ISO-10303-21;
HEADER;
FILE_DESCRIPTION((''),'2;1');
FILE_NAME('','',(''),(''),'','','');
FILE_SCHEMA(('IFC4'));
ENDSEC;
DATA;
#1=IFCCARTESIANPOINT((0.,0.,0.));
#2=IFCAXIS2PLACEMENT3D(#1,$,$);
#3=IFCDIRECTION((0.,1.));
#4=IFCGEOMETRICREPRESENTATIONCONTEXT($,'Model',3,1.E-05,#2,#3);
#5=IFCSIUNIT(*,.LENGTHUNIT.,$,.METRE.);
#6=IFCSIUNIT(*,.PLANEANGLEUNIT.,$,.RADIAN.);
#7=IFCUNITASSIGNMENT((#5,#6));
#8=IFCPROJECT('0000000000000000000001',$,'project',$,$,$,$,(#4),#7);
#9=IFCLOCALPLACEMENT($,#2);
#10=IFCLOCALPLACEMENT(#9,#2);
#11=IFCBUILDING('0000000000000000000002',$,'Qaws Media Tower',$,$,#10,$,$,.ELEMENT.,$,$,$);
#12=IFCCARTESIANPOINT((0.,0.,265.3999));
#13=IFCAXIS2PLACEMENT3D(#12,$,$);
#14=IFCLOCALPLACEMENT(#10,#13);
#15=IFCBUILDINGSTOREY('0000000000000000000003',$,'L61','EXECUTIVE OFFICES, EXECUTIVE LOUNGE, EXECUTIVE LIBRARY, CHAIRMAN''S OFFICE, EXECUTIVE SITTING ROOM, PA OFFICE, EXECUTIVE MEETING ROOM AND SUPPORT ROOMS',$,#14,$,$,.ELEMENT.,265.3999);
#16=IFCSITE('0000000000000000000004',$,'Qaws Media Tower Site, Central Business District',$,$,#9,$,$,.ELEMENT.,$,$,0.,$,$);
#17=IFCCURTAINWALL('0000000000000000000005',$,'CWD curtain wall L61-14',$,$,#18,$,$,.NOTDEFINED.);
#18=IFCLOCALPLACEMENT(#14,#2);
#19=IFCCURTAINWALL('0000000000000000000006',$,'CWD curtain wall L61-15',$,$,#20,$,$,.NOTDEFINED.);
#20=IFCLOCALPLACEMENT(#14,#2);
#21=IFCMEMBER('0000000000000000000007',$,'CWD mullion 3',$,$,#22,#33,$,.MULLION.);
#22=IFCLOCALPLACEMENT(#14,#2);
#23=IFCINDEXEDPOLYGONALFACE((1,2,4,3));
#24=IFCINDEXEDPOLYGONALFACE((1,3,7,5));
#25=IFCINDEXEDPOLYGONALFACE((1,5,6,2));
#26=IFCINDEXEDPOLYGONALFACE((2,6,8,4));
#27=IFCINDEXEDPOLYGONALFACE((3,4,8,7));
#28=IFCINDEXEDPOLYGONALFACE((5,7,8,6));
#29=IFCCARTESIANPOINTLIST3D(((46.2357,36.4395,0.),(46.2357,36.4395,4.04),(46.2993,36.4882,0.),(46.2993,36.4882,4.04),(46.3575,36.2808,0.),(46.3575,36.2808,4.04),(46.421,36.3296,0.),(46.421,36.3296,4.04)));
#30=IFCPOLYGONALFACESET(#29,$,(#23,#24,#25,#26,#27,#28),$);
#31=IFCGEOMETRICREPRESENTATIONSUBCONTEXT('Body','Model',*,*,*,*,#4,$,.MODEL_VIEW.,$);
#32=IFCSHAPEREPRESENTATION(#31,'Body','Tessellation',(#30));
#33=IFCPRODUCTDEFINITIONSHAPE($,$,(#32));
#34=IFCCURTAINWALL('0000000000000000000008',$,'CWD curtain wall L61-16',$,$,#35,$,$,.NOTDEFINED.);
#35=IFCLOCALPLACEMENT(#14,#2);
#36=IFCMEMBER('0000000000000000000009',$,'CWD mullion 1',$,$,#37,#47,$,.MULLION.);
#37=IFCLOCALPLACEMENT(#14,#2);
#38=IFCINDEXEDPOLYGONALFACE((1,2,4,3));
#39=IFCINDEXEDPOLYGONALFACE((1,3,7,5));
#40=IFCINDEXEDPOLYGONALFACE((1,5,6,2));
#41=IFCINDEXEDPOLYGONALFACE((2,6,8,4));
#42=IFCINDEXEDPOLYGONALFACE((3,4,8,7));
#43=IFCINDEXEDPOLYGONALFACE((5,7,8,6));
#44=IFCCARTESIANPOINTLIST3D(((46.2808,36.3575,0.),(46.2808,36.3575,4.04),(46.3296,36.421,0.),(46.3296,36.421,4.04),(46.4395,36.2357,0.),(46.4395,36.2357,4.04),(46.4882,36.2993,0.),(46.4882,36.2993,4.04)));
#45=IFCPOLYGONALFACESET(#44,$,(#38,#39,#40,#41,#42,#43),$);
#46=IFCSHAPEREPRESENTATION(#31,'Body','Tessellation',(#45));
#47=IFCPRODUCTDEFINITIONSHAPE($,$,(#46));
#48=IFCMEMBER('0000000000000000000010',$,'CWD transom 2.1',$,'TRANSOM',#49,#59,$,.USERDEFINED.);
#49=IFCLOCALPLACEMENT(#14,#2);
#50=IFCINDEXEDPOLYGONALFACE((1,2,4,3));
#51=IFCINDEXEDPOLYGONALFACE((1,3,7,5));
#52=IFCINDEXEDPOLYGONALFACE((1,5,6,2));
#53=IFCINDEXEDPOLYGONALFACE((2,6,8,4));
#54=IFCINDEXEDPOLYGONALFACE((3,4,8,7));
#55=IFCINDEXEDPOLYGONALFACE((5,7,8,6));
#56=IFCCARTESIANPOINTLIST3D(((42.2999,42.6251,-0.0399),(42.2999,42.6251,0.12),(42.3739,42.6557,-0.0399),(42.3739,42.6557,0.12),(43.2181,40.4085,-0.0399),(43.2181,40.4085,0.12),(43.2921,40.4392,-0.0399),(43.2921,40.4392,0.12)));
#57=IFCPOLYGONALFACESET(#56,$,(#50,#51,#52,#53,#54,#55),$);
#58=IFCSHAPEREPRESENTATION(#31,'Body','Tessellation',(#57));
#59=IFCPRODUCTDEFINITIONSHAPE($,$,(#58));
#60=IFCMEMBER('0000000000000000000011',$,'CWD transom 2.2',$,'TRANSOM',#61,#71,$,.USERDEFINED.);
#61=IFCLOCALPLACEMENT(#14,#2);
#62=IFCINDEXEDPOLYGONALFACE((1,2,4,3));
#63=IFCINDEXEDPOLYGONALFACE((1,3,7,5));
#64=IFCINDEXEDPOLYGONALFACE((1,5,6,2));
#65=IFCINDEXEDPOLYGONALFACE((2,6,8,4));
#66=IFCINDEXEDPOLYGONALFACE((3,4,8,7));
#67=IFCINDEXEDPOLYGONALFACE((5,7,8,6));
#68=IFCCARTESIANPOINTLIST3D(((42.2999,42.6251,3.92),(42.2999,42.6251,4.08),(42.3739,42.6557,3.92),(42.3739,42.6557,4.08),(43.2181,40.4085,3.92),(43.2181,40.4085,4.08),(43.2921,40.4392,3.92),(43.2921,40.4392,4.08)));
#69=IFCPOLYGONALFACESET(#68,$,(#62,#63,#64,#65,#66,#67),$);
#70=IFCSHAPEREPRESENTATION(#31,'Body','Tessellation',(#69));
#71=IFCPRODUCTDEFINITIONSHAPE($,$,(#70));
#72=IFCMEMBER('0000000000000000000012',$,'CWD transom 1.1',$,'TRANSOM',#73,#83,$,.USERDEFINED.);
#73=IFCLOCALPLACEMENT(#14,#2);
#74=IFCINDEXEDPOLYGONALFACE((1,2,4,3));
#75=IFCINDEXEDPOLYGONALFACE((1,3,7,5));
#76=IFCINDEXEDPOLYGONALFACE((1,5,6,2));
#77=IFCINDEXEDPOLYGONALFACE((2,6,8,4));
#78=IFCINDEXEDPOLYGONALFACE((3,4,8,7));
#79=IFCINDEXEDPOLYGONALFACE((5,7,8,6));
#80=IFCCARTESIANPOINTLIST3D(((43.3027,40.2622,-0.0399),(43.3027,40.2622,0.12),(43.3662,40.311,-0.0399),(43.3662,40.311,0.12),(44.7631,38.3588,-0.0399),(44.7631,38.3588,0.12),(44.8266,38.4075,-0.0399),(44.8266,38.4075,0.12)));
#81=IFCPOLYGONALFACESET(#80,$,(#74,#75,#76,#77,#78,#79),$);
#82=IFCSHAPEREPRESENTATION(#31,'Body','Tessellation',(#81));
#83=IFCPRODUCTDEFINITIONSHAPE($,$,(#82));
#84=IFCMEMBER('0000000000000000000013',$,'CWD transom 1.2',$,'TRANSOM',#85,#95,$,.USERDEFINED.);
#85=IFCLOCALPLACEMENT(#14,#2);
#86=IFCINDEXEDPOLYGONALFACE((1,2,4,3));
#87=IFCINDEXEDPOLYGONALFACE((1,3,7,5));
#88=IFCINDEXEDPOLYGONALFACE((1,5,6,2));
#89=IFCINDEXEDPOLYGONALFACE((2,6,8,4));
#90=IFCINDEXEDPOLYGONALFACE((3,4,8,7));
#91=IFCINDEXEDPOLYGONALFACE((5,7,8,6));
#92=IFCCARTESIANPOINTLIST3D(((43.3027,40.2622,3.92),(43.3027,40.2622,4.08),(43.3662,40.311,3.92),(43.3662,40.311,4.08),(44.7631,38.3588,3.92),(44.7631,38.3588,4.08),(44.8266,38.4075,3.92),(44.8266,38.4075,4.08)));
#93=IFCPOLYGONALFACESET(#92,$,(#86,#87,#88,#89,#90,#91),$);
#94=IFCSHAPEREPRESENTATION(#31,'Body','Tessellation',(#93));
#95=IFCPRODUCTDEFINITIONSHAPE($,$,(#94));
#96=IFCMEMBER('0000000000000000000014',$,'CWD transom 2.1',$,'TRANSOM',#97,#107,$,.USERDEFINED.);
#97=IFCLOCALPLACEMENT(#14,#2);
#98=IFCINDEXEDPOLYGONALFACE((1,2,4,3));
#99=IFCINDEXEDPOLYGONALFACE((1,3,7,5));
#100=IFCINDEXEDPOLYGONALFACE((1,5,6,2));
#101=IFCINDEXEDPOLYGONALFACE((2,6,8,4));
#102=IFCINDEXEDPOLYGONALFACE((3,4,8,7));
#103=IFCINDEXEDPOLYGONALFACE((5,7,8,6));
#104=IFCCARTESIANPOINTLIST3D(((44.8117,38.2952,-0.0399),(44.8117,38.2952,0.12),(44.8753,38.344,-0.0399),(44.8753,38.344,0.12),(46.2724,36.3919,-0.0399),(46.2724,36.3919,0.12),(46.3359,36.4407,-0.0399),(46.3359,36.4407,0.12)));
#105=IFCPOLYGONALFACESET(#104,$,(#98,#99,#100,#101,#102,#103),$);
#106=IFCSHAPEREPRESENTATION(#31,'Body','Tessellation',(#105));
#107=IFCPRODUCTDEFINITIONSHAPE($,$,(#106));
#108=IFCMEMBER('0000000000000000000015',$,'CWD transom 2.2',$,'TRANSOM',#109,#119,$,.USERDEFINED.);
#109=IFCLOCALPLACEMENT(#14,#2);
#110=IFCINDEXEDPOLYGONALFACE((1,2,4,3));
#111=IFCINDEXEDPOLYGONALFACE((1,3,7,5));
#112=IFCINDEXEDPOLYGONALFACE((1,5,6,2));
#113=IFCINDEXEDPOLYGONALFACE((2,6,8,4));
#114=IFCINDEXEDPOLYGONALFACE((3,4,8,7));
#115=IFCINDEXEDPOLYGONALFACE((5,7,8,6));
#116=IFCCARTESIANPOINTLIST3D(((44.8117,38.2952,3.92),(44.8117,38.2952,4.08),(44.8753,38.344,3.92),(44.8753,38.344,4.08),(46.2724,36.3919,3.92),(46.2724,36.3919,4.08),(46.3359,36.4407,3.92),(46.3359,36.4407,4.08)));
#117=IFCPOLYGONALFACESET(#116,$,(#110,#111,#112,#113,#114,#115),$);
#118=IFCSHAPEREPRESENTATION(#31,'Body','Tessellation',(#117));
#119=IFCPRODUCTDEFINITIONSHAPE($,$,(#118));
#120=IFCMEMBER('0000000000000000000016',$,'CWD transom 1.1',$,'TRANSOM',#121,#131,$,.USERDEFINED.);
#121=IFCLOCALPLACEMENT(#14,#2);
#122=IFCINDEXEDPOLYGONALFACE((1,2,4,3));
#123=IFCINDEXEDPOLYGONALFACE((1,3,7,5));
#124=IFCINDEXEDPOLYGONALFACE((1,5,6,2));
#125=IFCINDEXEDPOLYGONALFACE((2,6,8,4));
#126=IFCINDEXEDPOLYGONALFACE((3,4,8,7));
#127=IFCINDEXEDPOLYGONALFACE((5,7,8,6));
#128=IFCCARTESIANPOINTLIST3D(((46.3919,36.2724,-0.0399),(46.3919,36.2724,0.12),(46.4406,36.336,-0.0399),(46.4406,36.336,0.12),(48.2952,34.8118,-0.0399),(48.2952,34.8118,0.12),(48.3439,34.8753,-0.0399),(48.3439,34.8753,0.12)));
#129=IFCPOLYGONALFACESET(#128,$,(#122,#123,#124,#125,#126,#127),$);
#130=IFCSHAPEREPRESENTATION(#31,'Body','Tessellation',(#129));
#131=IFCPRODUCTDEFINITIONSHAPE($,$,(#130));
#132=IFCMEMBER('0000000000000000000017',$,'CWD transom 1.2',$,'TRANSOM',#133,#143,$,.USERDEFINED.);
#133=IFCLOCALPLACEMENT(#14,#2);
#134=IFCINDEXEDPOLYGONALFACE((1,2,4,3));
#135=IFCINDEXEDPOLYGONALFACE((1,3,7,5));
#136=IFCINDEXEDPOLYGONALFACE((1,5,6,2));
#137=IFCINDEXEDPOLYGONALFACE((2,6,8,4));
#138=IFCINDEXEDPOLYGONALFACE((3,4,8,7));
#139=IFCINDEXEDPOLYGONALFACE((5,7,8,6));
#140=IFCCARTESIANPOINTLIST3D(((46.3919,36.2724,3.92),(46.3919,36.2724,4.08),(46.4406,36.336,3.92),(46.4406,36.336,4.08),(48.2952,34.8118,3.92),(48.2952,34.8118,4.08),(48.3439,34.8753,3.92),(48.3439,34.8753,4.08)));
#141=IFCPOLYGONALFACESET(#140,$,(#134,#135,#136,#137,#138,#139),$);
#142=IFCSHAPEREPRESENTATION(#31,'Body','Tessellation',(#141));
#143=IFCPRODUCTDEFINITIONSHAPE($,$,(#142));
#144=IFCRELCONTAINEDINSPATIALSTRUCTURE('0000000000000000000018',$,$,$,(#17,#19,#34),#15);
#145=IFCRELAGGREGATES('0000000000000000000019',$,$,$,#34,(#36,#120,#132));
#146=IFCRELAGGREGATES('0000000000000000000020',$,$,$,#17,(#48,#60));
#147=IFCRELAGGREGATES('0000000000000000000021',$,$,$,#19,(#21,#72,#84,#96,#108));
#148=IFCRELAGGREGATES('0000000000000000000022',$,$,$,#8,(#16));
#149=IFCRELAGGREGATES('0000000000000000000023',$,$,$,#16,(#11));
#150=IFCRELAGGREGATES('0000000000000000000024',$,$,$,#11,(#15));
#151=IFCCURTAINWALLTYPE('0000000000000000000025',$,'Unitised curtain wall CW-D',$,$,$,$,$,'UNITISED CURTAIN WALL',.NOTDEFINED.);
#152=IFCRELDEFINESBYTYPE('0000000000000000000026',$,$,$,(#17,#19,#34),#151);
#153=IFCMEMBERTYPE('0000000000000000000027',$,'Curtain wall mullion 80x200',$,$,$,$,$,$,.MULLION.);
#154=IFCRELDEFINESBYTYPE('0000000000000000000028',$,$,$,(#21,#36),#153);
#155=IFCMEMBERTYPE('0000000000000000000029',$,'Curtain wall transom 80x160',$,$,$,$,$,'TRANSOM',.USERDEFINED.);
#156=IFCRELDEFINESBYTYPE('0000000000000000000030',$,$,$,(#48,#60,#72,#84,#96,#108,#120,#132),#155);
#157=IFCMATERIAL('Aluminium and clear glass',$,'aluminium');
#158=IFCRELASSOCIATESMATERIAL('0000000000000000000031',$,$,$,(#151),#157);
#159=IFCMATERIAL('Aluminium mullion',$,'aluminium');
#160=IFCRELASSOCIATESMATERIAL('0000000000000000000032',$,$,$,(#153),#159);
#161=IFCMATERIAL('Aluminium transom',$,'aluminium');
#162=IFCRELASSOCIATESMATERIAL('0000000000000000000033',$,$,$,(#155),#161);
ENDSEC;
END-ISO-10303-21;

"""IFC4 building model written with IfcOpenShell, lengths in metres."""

from ifc_helpers import new_model, si_unit, direction, frame, origin, origin_2d, place, context, subcontext, project, spatial, rectangle, extrude, material, material_profile, profile_set, type_object, element, aggregate, save


model = new_model("IFC4")

# Units and contexts
model_context = context("Model", 3, precision=1e-05, world=origin(), true_north=direction((0.0, 1.0)))
body_context = subcontext(model_context, "Body", "Model", "MODEL_VIEW")
ifc_project = project(units=[si_unit("LENGTHUNIT", "METRE"), si_unit("PLANEANGLEUNIT", "RADIAN")], contexts=[model_context])

# Site, building, storey
site_placement = place(None, origin())
site = spatial("IfcSite", under=ifc_project, at=site_placement, Name="Qaws Media Tower Site, Central Business District", CompositionType="ELEMENT", RefElevation=0.0)
building_placement = place(site_placement, origin())
building = spatial("IfcBuilding", under=site, at=building_placement, Name="Qaws Media Tower", CompositionType="ELEMENT")
storey_placement = place(building_placement, frame((0.0, 0.0, 265.3999)))
storey = spatial("IfcBuildingStorey", under=building, at=storey_placement, Name="L61", Description="EXECUTIVE OFFICES, EXECUTIVE LOUNGE, EXECUTIVE LIBRARY, CHAIRMAN'S OFFICE, EXECUTIVE SITTING ROOM, PA OFFICE, EXECUTIVE MEETING ROOM AND SUPPORT ROOMS", CompositionType="ELEMENT", Elevation=265.3999)

# Curtain wall
ifc_material_1 = material(Name="Aluminium and clear glass", Category="aluminium")
curtain_wall_type = type_object("IfcCurtainWallType", Name="Unitised curtain wall CW-D", ElementType="UNITISED CURTAIN WALL", PredefinedType="NOTDEFINED", material=ifc_material_1)
curtain_wall_1_placement = place(storey_placement, origin())
curtain_wall_1 = element("IfcCurtainWall", 1, at=curtain_wall_1_placement, inside=storey, type_object=curtain_wall_type, Name="CWD curtain wall L61-14", PredefinedType="NOTDEFINED")
ifc_material_2 = material(Name="Aluminium mullion", Category="aluminium")
ifc_material_profile_1 = material_profile(ifc_material_2, rectangle(XDim=0.0801, YDim=0.2, at=origin_2d()), Name="80x200")
ifc_profile_set_1 = profile_set([ifc_material_profile_1], Name="Aluminium mullion")
member_type_1 = type_object("IfcMemberType", Name="Curtain wall mullion 80x200", PredefinedType="MULLION", material=ifc_profile_set_1)

# Curtain wall, member
curtain_wall_2_placement = place(storey_placement, origin())
curtain_wall_2 = element("IfcCurtainWall", 2, at=curtain_wall_2_placement, inside=storey, type_object=curtain_wall_type, Name="CWD curtain wall L61-15", PredefinedType="NOTDEFINED")
member_1_placement = place(storey_placement, frame((46.3284, 36.3845, 0.0), z_axis=(0.0, 0.0, 1.0), x_axis=(0.793353, 0.608761, 0.0)))
member_1 = element("IfcMember", 3, at=member_1_placement, type_object=member_type_1, Name="CWD mullion 3", PredefinedType="MULLION", context=body_context, shape_type="SweptSolid", body=[
    extrude(rectangle(XDim=0.0801, YDim=0.2, at=origin_2d()), origin(), (0.0, 0.0, 1.0), 4.04),
])

# Curtain wall, member
curtain_wall_3_placement = place(storey_placement, origin())
curtain_wall_3 = element("IfcCurtainWall", 4, at=curtain_wall_3_placement, inside=storey, type_object=curtain_wall_type, Name="CWD curtain wall L61-16", PredefinedType="NOTDEFINED")
member_2_placement = place(storey_placement, frame((46.3845, 36.3284, 0.0), z_axis=(0.0, 0.0, 1.0), x_axis=(0.608761, 0.793353, 0.0)))
member_2 = element("IfcMember", 5, at=member_2_placement, type_object=member_type_1, Name="CWD mullion 1", PredefinedType="MULLION", context=body_context, shape_type="SweptSolid", body=[
    extrude(rectangle(XDim=0.0801, YDim=0.2, at=origin_2d()), origin(), (0.0, 0.0, 1.0), 4.04),
])

# Members
ifc_material_3 = material(Name="Aluminium transom", Category="aluminium")
ifc_material_profile_2 = material_profile(ifc_material_3, rectangle(XDim=0.0801, YDim=0.1599, at=origin_2d()), Name="80x160")
ifc_profile_set_2 = profile_set([ifc_material_profile_2], Name="Aluminium transom")
member_type_2 = type_object("IfcMemberType", Name="Curtain wall transom 80x160", ElementType="TRANSOM", PredefinedType="USERDEFINED", material=ifc_profile_set_2)
member_3_placement = place(storey_placement, frame((42.3369, 42.6404, 0.04), z_axis=(0.382714, -0.923867, 0.0), x_axis=(0.923867, 0.382714, 0.0)))
member_3 = element("IfcMember", 6, at=member_3_placement, type_object=member_type_2, Name="CWD transom 2.1", ObjectType="TRANSOM", PredefinedType="USERDEFINED", context=body_context, shape_type="SweptSolid", body=[
    extrude(rectangle(XDim=0.0801, YDim=0.1599, at=origin_2d()), origin(), (0.0, 0.0, 1.0), 2.3992),
])
member_4_placement = place(storey_placement, frame((42.3369, 42.6404, 4.0), z_axis=(0.382714, -0.923867, 0.0), x_axis=(0.923867, 0.382714, 0.0)))
member_4 = element("IfcMember", 7, at=member_4_placement, type_object=member_type_2, Name="CWD transom 2.2", ObjectType="TRANSOM", PredefinedType="USERDEFINED", context=body_context, shape_type="SweptSolid", body=[
    extrude(rectangle(XDim=0.0801, YDim=0.1599, at=origin_2d()), origin(), (0.0, 0.0, 1.0), 2.3992),
])
member_5_placement = place(storey_placement, frame((43.3345, 40.2866, 0.04), z_axis=(0.608707, -0.793395, 0.0), x_axis=(0.793395, 0.608707, 0.0)))
member_5 = element("IfcMember", 8, at=member_5_placement, type_object=member_type_2, Name="CWD transom 1.1", ObjectType="TRANSOM", PredefinedType="USERDEFINED", context=body_context, shape_type="SweptSolid", body=[
    extrude(rectangle(XDim=0.0801, YDim=0.1599, at=origin_2d()), origin(), (0.0, 0.0, 1.0), 2.3992),
])
member_6_placement = place(storey_placement, frame((43.3345, 40.2866, 4.0), z_axis=(0.608707, -0.793395, 0.0), x_axis=(0.793395, 0.608707, 0.0)))
member_6 = element("IfcMember", 9, at=member_6_placement, type_object=member_type_2, Name="CWD transom 1.2", ObjectType="TRANSOM", PredefinedType="USERDEFINED", context=body_context, shape_type="SweptSolid", body=[
    extrude(rectangle(XDim=0.0801, YDim=0.1599, at=origin_2d()), origin(), (0.0, 0.0, 1.0), 2.3992),
])
member_7_placement = place(storey_placement, frame((44.8435, 38.3196, 0.04), z_axis=(0.60882, -0.793308, 0.0), x_axis=(0.793308, 0.60882, 0.0)))
member_7 = element("IfcMember", 10, at=member_7_placement, type_object=member_type_2, Name="CWD transom 2.1", ObjectType="TRANSOM", PredefinedType="USERDEFINED", context=body_context, shape_type="SweptSolid", body=[
    extrude(rectangle(XDim=0.0801, YDim=0.1599, at=origin_2d()), origin(), (0.0, 0.0, 1.0), 2.3992),
])
member_8_placement = place(storey_placement, frame((44.8435, 38.3196, 4.0), z_axis=(0.60882, -0.793308, 0.0), x_axis=(0.793308, 0.60882, 0.0)))
member_8 = element("IfcMember", 11, at=member_8_placement, type_object=member_type_2, Name="CWD transom 2.2", ObjectType="TRANSOM", PredefinedType="USERDEFINED", context=body_context, shape_type="SweptSolid", body=[
    extrude(rectangle(XDim=0.0801, YDim=0.1599, at=origin_2d()), origin(), (0.0, 0.0, 1.0), 2.3992),
])
member_9_placement = place(storey_placement, frame((46.4163, 36.3042, 0.04), z_axis=(0.793308, -0.60882, 0.0), x_axis=(0.60882, 0.793308, 0.0)))
member_9 = element("IfcMember", 12, at=member_9_placement, type_object=member_type_2, Name="CWD transom 1.1", ObjectType="TRANSOM", PredefinedType="USERDEFINED", context=body_context, shape_type="SweptSolid", body=[
    extrude(rectangle(XDim=0.0801, YDim=0.1599, at=origin_2d()), origin(), (0.0, 0.0, 1.0), 2.3992),
])
member_10_placement = place(storey_placement, frame((46.4163, 36.3042, 4.0), z_axis=(0.793308, -0.60882, 0.0), x_axis=(0.60882, 0.793308, 0.0)))
member_10 = element("IfcMember", 13, at=member_10_placement, type_object=member_type_2, Name="CWD transom 1.2", ObjectType="TRANSOM", PredefinedType="USERDEFINED", context=body_context, shape_type="SweptSolid", body=[
    extrude(rectangle(XDim=0.0801, YDim=0.1599, at=origin_2d()), origin(), (0.0, 0.0, 1.0), 2.3992),
])
aggregate(curtain_wall_3, [member_2, member_9, member_10])

aggregate(curtain_wall_1, [member_3, member_4])
aggregate(curtain_wall_2, [member_1, member_5, member_6, member_7, member_8])

save(model, "model.ifc")
